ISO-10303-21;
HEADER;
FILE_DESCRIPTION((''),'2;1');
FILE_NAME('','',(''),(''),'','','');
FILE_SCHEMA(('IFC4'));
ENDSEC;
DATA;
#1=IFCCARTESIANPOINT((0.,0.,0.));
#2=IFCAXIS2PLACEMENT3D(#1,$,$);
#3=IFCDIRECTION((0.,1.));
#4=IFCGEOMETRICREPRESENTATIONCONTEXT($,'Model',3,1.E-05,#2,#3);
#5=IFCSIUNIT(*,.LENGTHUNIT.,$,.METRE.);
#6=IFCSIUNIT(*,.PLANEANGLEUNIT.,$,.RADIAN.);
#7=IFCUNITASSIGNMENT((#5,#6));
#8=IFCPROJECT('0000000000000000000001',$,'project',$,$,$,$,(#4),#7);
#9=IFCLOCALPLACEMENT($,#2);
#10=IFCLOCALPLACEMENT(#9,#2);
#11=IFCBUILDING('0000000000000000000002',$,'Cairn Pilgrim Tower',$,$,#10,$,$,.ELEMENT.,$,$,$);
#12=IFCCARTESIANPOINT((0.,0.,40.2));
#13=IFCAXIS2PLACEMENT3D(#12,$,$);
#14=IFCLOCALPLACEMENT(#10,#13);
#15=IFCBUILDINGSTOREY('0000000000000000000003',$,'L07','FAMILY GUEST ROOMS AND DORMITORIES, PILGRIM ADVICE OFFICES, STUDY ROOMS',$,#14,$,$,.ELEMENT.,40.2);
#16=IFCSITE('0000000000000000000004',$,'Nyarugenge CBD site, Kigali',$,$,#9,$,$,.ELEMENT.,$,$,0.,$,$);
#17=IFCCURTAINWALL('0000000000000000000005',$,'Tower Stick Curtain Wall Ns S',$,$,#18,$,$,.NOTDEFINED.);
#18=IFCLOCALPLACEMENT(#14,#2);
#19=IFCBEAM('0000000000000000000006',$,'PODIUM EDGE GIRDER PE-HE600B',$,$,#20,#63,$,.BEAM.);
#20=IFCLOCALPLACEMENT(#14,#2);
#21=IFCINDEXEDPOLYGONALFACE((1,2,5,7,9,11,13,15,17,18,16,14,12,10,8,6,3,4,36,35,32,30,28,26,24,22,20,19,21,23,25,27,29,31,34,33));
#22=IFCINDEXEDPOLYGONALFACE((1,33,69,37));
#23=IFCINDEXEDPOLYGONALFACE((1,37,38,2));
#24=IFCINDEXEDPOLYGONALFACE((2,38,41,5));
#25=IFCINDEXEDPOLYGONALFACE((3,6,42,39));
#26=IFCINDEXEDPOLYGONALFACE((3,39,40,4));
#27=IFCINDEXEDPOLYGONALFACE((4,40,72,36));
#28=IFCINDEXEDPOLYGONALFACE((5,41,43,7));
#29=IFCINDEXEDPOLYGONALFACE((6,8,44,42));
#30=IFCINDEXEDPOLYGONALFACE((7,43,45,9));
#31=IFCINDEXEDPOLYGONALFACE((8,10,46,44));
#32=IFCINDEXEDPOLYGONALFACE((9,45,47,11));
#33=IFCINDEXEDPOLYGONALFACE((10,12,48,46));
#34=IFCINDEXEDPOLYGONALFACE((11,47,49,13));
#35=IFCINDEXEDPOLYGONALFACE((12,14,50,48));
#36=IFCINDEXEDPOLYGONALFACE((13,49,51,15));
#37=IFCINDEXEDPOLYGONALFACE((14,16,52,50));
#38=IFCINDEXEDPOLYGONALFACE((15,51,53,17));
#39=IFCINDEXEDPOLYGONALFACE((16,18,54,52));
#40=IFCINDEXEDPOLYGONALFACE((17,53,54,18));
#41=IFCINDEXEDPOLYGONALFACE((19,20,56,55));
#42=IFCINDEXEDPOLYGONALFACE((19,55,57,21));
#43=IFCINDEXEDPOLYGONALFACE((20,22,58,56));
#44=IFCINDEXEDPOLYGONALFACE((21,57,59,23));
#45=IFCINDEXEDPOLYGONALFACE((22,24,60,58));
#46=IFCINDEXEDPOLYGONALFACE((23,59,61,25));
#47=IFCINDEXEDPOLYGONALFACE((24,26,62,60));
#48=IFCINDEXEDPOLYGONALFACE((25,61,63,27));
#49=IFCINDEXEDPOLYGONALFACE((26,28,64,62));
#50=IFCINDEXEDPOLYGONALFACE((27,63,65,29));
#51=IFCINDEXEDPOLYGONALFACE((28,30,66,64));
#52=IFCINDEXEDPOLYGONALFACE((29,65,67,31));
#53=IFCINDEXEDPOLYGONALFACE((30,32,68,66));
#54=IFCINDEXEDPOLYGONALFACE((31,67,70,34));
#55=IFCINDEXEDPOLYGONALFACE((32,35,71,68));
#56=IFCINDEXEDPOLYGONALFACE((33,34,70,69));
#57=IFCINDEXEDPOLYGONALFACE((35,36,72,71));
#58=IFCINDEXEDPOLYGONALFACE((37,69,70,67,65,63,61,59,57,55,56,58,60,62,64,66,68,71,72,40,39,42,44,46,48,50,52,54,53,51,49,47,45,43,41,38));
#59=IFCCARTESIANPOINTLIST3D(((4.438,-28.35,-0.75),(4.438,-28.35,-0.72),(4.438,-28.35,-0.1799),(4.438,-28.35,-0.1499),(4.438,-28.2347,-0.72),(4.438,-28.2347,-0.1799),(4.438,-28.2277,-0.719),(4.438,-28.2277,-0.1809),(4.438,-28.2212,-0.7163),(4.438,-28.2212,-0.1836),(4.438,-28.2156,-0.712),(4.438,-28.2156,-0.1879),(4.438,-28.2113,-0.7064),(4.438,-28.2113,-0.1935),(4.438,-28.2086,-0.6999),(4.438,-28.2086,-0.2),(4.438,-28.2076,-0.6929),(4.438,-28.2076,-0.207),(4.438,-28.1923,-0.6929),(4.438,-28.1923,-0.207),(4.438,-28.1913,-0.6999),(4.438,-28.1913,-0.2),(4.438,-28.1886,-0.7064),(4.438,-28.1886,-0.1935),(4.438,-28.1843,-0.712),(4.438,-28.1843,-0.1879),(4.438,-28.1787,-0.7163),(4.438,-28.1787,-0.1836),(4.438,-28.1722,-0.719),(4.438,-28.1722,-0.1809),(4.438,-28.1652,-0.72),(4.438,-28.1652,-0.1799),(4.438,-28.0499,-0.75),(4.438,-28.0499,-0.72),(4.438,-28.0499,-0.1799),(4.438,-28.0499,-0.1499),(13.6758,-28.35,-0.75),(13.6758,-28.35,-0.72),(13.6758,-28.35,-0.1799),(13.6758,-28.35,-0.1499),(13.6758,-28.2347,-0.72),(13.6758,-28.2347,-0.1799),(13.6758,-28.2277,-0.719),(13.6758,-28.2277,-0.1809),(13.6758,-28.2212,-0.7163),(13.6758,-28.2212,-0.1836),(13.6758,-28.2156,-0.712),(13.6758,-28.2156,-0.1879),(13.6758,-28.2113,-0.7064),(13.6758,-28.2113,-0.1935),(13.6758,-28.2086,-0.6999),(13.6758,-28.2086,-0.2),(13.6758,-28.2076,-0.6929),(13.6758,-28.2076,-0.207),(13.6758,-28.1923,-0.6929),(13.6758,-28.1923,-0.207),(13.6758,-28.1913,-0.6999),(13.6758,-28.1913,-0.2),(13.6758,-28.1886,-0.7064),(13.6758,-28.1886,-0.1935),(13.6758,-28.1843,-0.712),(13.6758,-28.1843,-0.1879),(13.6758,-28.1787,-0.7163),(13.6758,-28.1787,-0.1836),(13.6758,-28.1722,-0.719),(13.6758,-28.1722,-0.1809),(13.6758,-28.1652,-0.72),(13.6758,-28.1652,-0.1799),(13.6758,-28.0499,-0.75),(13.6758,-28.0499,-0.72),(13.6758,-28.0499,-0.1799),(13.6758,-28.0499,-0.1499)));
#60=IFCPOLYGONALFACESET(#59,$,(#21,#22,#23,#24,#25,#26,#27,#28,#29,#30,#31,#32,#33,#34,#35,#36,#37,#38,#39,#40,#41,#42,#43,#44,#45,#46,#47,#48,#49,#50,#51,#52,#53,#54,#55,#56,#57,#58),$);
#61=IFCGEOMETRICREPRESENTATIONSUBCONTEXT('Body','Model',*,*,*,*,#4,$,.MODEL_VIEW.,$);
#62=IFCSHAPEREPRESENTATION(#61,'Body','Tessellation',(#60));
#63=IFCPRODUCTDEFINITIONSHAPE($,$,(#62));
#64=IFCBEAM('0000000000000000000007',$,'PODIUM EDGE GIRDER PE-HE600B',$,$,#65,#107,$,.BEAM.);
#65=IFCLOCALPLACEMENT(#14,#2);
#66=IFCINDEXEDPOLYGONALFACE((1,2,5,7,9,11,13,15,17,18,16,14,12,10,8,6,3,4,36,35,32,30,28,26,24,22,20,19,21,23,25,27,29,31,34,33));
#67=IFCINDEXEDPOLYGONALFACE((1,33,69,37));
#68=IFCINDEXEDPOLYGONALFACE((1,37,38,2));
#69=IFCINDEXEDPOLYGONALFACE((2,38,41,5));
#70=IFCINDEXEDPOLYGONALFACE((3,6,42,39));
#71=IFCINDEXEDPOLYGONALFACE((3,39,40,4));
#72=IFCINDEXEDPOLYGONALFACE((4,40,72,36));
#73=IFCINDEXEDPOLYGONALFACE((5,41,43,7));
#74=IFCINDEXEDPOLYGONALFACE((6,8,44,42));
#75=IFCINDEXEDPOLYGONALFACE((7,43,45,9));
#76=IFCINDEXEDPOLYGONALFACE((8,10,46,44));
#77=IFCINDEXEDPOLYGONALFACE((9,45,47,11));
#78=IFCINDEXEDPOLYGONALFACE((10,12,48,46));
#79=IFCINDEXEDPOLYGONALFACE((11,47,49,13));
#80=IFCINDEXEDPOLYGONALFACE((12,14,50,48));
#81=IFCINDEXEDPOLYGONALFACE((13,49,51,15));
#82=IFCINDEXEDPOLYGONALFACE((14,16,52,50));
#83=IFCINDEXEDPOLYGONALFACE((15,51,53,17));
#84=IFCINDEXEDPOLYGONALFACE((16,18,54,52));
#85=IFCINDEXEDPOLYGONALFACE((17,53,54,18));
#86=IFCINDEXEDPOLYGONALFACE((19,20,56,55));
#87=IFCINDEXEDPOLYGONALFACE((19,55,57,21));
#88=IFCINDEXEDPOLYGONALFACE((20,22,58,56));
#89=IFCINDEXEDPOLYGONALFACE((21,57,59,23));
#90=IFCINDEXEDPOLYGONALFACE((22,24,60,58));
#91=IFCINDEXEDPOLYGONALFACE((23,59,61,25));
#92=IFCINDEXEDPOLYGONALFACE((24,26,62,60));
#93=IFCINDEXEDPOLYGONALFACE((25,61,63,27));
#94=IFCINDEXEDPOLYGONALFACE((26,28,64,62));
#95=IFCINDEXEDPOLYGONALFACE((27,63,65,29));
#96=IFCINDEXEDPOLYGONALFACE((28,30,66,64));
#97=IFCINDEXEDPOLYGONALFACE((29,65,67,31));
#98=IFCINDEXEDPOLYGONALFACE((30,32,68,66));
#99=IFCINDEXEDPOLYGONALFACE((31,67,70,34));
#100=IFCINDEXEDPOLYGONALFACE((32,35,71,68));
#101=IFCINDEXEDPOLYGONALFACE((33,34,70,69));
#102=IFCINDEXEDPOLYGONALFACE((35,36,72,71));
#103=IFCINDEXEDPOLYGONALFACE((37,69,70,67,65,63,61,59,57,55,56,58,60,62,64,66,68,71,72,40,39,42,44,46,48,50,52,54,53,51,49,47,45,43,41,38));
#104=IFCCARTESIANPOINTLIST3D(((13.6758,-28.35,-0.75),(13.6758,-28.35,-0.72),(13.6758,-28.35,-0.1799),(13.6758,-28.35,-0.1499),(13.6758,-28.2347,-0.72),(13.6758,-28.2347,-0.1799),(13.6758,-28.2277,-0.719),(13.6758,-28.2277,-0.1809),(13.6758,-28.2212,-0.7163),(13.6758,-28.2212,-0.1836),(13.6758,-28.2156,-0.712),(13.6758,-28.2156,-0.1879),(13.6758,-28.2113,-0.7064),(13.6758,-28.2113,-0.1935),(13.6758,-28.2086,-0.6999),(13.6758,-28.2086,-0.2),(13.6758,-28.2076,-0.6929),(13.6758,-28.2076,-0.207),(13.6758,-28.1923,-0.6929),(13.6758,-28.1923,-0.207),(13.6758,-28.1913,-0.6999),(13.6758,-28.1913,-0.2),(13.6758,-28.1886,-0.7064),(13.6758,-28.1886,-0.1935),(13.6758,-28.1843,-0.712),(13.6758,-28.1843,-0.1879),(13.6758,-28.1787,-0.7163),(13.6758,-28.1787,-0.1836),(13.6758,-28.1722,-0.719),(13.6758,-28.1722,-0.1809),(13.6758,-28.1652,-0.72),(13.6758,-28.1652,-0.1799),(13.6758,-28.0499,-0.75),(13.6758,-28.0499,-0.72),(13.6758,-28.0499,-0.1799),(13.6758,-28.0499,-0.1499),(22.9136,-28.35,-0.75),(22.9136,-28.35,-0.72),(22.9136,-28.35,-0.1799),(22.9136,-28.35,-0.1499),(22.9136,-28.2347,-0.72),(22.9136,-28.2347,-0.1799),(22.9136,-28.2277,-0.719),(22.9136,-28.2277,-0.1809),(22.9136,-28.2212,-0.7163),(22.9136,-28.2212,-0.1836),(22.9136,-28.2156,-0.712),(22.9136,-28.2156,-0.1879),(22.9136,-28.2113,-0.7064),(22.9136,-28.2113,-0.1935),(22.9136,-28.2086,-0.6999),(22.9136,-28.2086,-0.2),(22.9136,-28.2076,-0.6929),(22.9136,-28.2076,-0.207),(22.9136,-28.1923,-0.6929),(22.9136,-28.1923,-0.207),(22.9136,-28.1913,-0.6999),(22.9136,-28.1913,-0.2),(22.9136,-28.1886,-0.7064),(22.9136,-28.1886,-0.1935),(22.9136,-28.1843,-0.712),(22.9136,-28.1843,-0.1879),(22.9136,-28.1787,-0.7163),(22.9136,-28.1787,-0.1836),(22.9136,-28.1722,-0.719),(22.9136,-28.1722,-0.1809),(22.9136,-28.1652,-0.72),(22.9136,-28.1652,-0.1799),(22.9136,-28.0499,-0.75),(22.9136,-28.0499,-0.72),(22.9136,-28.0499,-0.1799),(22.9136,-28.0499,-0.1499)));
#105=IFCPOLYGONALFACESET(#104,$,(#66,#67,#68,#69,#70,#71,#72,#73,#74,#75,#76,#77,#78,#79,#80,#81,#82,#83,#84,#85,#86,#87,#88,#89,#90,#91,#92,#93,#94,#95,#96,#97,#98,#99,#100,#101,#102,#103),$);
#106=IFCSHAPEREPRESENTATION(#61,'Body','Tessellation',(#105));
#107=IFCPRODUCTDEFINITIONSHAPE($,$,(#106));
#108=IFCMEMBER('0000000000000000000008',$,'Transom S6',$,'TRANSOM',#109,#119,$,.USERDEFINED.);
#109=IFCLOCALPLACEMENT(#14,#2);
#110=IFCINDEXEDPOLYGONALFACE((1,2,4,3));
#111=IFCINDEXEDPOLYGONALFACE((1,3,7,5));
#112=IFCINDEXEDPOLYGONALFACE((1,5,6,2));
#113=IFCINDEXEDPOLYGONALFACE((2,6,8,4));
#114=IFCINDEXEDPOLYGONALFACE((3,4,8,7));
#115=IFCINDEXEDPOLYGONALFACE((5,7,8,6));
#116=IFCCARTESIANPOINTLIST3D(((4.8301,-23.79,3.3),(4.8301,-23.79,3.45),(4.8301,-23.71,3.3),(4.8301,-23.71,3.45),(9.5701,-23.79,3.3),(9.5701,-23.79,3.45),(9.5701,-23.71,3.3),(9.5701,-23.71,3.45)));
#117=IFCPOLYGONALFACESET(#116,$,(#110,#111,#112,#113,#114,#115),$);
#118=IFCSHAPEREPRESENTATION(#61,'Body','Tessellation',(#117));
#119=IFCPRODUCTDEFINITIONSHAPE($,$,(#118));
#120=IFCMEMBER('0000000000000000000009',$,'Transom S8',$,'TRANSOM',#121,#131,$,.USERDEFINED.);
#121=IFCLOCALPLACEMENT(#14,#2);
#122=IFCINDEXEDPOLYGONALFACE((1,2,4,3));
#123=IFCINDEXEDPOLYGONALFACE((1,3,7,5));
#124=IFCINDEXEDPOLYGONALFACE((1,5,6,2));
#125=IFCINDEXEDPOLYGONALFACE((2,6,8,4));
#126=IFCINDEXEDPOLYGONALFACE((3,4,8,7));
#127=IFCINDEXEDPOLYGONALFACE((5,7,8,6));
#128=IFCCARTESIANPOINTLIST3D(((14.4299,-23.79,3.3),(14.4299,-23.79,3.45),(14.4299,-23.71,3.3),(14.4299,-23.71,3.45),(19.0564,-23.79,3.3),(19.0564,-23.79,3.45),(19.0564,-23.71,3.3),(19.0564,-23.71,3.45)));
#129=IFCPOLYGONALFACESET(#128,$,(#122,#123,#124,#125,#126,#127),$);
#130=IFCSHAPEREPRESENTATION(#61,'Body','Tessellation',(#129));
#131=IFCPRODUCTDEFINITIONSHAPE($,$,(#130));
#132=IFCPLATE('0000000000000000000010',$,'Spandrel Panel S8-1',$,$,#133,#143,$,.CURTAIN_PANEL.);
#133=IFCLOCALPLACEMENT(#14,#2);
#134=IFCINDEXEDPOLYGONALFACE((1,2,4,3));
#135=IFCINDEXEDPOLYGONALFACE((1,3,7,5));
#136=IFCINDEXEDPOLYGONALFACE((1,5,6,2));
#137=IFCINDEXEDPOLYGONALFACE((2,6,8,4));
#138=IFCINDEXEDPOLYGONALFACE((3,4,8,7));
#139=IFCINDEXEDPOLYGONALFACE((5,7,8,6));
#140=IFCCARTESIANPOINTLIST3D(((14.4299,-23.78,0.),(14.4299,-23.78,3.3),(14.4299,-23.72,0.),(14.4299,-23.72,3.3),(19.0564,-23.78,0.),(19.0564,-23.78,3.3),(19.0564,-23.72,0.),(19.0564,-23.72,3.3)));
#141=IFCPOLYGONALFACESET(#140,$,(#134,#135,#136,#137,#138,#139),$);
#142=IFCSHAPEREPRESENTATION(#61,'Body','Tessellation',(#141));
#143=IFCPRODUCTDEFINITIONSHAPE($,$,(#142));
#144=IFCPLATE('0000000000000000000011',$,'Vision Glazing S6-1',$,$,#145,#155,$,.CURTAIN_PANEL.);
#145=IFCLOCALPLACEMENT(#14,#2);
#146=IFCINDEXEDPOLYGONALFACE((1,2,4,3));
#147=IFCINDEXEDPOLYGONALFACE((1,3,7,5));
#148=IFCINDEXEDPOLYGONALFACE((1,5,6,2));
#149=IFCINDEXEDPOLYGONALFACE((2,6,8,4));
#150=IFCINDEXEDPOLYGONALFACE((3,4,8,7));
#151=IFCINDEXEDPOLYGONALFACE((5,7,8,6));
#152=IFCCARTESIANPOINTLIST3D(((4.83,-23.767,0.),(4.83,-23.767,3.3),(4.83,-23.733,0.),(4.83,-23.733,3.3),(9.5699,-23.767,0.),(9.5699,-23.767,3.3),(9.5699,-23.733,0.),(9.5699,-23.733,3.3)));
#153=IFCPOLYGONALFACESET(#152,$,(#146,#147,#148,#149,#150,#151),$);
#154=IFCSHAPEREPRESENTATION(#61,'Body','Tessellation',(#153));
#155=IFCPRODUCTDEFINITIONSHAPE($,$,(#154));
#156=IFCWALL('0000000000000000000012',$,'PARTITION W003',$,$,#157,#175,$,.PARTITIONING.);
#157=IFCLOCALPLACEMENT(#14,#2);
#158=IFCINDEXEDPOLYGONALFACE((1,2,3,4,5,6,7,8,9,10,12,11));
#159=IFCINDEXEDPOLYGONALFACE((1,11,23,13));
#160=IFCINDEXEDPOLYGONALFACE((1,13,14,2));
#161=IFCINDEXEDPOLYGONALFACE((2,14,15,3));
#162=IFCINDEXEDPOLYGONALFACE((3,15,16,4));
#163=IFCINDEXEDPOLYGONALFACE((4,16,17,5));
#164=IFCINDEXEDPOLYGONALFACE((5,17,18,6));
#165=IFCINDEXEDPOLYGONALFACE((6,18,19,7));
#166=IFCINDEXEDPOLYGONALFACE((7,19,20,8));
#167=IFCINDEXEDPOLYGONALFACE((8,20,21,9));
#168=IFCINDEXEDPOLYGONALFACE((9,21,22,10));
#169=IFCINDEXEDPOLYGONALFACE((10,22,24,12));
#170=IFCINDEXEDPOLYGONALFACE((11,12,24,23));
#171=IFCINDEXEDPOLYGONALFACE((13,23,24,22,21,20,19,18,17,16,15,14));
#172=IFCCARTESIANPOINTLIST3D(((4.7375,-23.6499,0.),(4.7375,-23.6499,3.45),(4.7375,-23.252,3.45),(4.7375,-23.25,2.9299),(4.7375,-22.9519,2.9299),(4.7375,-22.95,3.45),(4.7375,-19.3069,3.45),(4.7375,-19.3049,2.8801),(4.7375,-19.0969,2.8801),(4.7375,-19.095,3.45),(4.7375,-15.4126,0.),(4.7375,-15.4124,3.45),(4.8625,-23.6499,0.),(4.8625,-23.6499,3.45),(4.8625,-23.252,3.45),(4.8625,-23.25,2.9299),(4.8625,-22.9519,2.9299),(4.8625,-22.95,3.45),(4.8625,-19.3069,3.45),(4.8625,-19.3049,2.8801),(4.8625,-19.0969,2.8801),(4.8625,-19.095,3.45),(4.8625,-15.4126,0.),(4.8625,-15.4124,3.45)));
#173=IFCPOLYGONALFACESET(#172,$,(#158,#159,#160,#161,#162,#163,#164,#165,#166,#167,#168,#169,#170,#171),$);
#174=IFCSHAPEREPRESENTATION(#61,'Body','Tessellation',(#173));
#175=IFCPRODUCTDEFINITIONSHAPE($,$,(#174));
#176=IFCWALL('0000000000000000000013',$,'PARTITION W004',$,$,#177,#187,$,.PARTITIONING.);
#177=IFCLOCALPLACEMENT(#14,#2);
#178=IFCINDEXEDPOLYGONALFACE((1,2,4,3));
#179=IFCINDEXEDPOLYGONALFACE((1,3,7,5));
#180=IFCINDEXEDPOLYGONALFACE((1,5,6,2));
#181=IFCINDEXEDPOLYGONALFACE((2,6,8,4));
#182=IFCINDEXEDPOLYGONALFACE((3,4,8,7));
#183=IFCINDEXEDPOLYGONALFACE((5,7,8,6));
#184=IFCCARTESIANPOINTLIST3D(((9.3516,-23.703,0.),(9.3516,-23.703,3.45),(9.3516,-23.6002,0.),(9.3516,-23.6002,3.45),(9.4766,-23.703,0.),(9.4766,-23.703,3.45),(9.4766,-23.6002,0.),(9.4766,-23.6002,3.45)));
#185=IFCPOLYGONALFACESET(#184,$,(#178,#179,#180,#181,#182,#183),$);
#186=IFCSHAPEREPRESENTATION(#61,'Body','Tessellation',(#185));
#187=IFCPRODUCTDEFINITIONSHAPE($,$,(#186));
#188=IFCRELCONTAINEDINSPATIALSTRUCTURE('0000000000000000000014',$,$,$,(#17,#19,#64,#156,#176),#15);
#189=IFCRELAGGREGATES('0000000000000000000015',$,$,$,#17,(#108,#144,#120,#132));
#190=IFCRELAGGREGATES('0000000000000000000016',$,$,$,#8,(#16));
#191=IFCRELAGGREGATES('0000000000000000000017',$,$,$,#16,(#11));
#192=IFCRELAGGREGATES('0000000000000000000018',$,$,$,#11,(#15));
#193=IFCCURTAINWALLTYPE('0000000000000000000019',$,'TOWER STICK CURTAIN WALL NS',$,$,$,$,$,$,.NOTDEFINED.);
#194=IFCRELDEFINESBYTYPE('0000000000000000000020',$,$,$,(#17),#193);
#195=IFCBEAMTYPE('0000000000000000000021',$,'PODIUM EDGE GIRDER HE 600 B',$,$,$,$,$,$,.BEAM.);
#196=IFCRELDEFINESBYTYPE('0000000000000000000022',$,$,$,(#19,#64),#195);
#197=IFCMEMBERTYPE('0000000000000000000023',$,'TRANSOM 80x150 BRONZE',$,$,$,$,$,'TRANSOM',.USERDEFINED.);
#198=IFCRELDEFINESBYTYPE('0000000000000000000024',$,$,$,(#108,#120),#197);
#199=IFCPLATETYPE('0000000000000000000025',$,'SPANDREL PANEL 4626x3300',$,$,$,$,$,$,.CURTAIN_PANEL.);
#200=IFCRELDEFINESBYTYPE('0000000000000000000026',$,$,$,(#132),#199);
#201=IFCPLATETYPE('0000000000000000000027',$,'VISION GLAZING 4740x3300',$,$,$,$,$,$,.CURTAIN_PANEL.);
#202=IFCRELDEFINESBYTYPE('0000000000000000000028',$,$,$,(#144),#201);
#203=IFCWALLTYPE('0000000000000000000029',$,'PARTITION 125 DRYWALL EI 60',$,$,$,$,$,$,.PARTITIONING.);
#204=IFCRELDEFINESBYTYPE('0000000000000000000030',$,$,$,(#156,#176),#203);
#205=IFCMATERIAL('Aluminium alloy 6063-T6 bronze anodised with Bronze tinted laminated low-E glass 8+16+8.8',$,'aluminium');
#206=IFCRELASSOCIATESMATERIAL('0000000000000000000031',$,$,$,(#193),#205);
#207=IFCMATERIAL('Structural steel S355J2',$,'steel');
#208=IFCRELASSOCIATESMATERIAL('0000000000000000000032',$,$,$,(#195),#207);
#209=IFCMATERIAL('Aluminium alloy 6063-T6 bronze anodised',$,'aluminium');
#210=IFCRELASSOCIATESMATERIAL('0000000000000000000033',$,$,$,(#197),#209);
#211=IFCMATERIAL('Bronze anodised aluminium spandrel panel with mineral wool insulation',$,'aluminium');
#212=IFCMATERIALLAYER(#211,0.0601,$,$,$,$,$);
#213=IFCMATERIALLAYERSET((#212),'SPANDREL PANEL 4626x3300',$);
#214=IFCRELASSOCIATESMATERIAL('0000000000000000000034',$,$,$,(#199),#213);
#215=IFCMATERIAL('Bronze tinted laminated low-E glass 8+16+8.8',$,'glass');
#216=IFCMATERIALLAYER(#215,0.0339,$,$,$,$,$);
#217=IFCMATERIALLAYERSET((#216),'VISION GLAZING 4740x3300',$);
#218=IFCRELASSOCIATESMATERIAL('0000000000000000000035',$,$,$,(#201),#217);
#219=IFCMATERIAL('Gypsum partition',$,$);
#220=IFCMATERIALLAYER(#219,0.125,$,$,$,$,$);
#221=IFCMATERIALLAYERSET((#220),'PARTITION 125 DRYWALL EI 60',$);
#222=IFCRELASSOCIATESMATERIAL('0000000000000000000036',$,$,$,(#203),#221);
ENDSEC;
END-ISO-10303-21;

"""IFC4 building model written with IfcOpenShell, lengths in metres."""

from ifc_helpers import new_model, si_unit, direction, frame, frame_2d, origin, origin_2d, place, context, subcontext, project, spatial, polyline, rectangle, i_section, outline, extrude, material, layer, layer_set, material_profile, profile_set, type_object, element, aggregate, save


model = new_model("IFC4")

# Units and contexts
model_context = context("Model", 3, precision=1e-05, world=origin(), true_north=direction((0.0, 1.0)))
body_context = subcontext(model_context, "Body", "Model", "MODEL_VIEW")
ifc_project = project(units=[si_unit("LENGTHUNIT", "METRE"), si_unit("PLANEANGLEUNIT", "RADIAN")], contexts=[model_context])

# Site, building, storey
site_placement = place(None, origin())
site = spatial("IfcSite", under=ifc_project, at=site_placement, Name="Nyarugenge CBD site, Kigali", CompositionType="ELEMENT", RefElevation=0.0)
building_placement = place(site_placement, origin())
building = spatial("IfcBuilding", under=site, at=building_placement, Name="Cairn Pilgrim Tower", CompositionType="ELEMENT")
storey_placement = place(building_placement, frame((0.0, 0.0, 40.2)))
storey = spatial("IfcBuildingStorey", under=building, at=storey_placement, Name="L07", Description="FAMILY GUEST ROOMS AND DORMITORIES, PILGRIM ADVICE OFFICES, STUDY ROOMS", CompositionType="ELEMENT", Elevation=40.2)

# Curtain wall
ifc_material_1 = material(Name="Aluminium alloy 6063-T6 bronze anodised with Bronze tinted laminated low-E glass 8+16+8.8", Category="aluminium")
curtain_wall_type = type_object("IfcCurtainWallType", Name="TOWER STICK CURTAIN WALL NS", PredefinedType="NOTDEFINED", material=ifc_material_1)
curtain_wall_placement = place(storey_placement, origin())
curtain_wall = element("IfcCurtainWall", 1, at=curtain_wall_placement, inside=storey, type_object=curtain_wall_type, Name="Tower Stick Curtain Wall Ns S", PredefinedType="NOTDEFINED")
ifc_material_2 = material(Name="Aluminium alloy 6063-T6 bronze anodised", Category="aluminium")

# Beams
ifc_material_3 = material(Name="Structural steel S355J2", Category="steel")
ifc_material_profile_1 = material_profile(ifc_material_3, i_section(OverallWidth=0.3, OverallDepth=0.6001, WebThickness=0.0154, FlangeThickness=0.03, FilletRadius=0.0271, at=origin_2d()), Name="HEB 600")
ifc_profile_set_1 = profile_set([ifc_material_profile_1], Name="Structural steel S355J2")
beam_type_1 = type_object("IfcBeamType", Name="PODIUM EDGE GIRDER HE 600 B", PredefinedType="BEAM", material=ifc_profile_set_1)
for number, where, z_axis, x_axis, name in (
    (2, (4.438, -28.2, -0.45), (1.0, 0.0, 0.0), (0.0, 1.0, 0.0), "PODIUM EDGE GIRDER PE-HE600B"),
    (3, (13.6758, -28.2, -0.45), (1.0, 0.0, 0.0), (0.0, 1.0, 0.0), "PODIUM EDGE GIRDER PE-HE600B"),
):
    element("IfcBeam", number, at=place(storey_placement, frame(where, z_axis=z_axis, x_axis=x_axis)), inside=storey, type_object=beam_type_1, Name=name, PredefinedType="BEAM", context=body_context, shape_type="SweptSolid", body=[
        extrude(i_section(OverallWidth=0.3, OverallDepth=0.6001, WebThickness=0.0154, FlangeThickness=0.03, FilletRadius=0.0271, at=origin_2d()), origin(), (0.0, 0.0, 1.0), 9.2378),
    ])

# Members
ifc_material_profile_2 = material_profile(ifc_material_2, rectangle(XDim=0.0801, YDim=0.1499, at=origin_2d()), Name="TRANSOM 80x150 BRONZE")
ifc_profile_set_2 = profile_set([ifc_material_profile_2], Name="Aluminium alloy 6063-T6 bronze anodised")
member_type_1 = type_object("IfcMemberType", Name="TRANSOM 80x150 BRONZE", ElementType="TRANSOM", PredefinedType="USERDEFINED", material=ifc_profile_set_2)
member_1_placement = place(storey_placement, frame((4.8301, -23.75, 3.375), z_axis=(1.0, 0.0, 0.0), x_axis=(0.0, 1.0, 0.0)))
member_1 = element("IfcMember", 4, at=member_1_placement, type_object=member_type_1, Name="Transom S6", ObjectType="TRANSOM", PredefinedType="USERDEFINED", context=body_context, shape_type="SweptSolid", body=[
    extrude(rectangle(XDim=0.0801, YDim=0.1499, at=origin_2d()), origin(), (0.0, 0.0, 1.0), 4.74),
])
member_2_placement = place(storey_placement, frame((14.4299, -23.75, 3.375), z_axis=(1.0, 0.0, 0.0), x_axis=(0.0, 1.0, 0.0)))
member_2 = element("IfcMember", 5, at=member_2_placement, type_object=member_type_1, Name="Transom S8", ObjectType="TRANSOM", PredefinedType="USERDEFINED", context=body_context, shape_type="SweptSolid", body=[
    extrude(rectangle(XDim=0.0801, YDim=0.1499, at=origin_2d()), origin(), (0.0, 0.0, 1.0), 4.6265),
])

# Plates
ifc_material_4 = material(Name="Bronze anodised aluminium spandrel panel with mineral wool insulation", Category="aluminium")
ifc_layer_1 = layer(ifc_material_4, 0.0601)
ifc_layer_set_1 = layer_set([ifc_layer_1], Name="SPANDREL PANEL 4626x3300")
plate_type_1 = type_object("IfcPlateType", Name="SPANDREL PANEL 4626x3300", PredefinedType="CURTAIN_PANEL", material=ifc_layer_set_1)
plate_1_placement = place(storey_placement, frame((16.7432, -23.75, 0.0), z_axis=(0.0, 0.0, 1.0), x_axis=(1.0, 0.0, 0.0)))
plate_1 = element("IfcPlate", 6, at=plate_1_placement, type_object=plate_type_1, Name="Spandrel Panel S8-1", PredefinedType="CURTAIN_PANEL", context=body_context, shape_type="SweptSolid", body=[
    extrude(rectangle(XDim=4.6265, YDim=0.0601, at=origin_2d()), origin(), (0.0, 0.0, 1.0), 3.3),
])
ifc_material_5 = material(Name="Bronze tinted laminated low-E glass 8+16+8.8", Category="glass")
ifc_layer_2 = layer(ifc_material_5, 0.0339)
ifc_layer_set_2 = layer_set([ifc_layer_2], Name="VISION GLAZING 4740x3300")
plate_type_2 = type_object("IfcPlateType", Name="VISION GLAZING 4740x3300", PredefinedType="CURTAIN_PANEL", material=ifc_layer_set_2)
plate_2_placement = place(storey_placement, frame((7.2, -23.75, 0.0), z_axis=(0.0, 0.0, 1.0), x_axis=(1.0, 0.0, 0.0)))
plate_2 = element("IfcPlate", 7, at=plate_2_placement, type_object=plate_type_2, Name="Vision Glazing S6-1", PredefinedType="CURTAIN_PANEL", context=body_context, shape_type="SweptSolid", body=[
    extrude(rectangle(XDim=4.74, YDim=0.0339, at=origin_2d()), origin(), (0.0, 0.0, 1.0), 3.3),
])
aggregate(curtain_wall, [member_1, plate_2, member_2, plate_1])

# Walls
ifc_material_6 = material(Name="Gypsum partition")
ifc_layer_3 = layer(ifc_material_6, 0.125)
ifc_layer_set_3 = layer_set([ifc_layer_3], Name="PARTITION 125 DRYWALL EI 60")
wall_type_1 = type_object("IfcWallType", Name="PARTITION 125 DRYWALL EI 60", PredefinedType="PARTITIONING", material=ifc_layer_set_3)
wall_1_placement = place(storey_placement, frame((4.8, -23.6499, 0.0), z_axis=(0.0, 0.0, 1.0), x_axis=(0.0, 1.0, 0.0)))
element("IfcWall", 8, at=wall_1_placement, inside=storey, type_object=wall_type_1, Name="PARTITION W003", PredefinedType="PARTITIONING", context=body_context, shape_type="SweptSolid", body=[
    extrude(outline(polyline([(0.0, 0.0), (8.2373, 0.0), (8.2375, 3.45), (4.5549, 3.45), (4.553, 2.8801), (4.345, 2.8801), (4.343, 3.45), (0.7, 3.45), (0.698, 2.9299), (0.3999, 2.9299), (0.3979, 3.45), (0.0, 3.45), (0.0, 0.0)])), frame((0.0, 0.0625, 0.0), z_axis=(0.0, -1.0, 0.0), x_axis=(1.0, 0.0, 0.0)), (0.0, 0.0, 1.0), 0.125),
])
wall_2_placement = place(storey_placement, frame((9.4141, -23.7029, 0.0), z_axis=(0.0, 0.0, 1.0), x_axis=(0.0, 1.0, 0.0)))
element("IfcWall", 9, at=wall_2_placement, inside=storey, type_object=wall_type_1, Name="PARTITION W004", PredefinedType="PARTITIONING", context=body_context, shape_type="SweptSolid", body=[
    extrude(rectangle(XDim=0.1028, YDim=0.125, at=frame_2d((0.0513, 0.0))), origin(), (0.0, 0.0, 1.0), 3.45),
])

save(model, "model.ifc")
